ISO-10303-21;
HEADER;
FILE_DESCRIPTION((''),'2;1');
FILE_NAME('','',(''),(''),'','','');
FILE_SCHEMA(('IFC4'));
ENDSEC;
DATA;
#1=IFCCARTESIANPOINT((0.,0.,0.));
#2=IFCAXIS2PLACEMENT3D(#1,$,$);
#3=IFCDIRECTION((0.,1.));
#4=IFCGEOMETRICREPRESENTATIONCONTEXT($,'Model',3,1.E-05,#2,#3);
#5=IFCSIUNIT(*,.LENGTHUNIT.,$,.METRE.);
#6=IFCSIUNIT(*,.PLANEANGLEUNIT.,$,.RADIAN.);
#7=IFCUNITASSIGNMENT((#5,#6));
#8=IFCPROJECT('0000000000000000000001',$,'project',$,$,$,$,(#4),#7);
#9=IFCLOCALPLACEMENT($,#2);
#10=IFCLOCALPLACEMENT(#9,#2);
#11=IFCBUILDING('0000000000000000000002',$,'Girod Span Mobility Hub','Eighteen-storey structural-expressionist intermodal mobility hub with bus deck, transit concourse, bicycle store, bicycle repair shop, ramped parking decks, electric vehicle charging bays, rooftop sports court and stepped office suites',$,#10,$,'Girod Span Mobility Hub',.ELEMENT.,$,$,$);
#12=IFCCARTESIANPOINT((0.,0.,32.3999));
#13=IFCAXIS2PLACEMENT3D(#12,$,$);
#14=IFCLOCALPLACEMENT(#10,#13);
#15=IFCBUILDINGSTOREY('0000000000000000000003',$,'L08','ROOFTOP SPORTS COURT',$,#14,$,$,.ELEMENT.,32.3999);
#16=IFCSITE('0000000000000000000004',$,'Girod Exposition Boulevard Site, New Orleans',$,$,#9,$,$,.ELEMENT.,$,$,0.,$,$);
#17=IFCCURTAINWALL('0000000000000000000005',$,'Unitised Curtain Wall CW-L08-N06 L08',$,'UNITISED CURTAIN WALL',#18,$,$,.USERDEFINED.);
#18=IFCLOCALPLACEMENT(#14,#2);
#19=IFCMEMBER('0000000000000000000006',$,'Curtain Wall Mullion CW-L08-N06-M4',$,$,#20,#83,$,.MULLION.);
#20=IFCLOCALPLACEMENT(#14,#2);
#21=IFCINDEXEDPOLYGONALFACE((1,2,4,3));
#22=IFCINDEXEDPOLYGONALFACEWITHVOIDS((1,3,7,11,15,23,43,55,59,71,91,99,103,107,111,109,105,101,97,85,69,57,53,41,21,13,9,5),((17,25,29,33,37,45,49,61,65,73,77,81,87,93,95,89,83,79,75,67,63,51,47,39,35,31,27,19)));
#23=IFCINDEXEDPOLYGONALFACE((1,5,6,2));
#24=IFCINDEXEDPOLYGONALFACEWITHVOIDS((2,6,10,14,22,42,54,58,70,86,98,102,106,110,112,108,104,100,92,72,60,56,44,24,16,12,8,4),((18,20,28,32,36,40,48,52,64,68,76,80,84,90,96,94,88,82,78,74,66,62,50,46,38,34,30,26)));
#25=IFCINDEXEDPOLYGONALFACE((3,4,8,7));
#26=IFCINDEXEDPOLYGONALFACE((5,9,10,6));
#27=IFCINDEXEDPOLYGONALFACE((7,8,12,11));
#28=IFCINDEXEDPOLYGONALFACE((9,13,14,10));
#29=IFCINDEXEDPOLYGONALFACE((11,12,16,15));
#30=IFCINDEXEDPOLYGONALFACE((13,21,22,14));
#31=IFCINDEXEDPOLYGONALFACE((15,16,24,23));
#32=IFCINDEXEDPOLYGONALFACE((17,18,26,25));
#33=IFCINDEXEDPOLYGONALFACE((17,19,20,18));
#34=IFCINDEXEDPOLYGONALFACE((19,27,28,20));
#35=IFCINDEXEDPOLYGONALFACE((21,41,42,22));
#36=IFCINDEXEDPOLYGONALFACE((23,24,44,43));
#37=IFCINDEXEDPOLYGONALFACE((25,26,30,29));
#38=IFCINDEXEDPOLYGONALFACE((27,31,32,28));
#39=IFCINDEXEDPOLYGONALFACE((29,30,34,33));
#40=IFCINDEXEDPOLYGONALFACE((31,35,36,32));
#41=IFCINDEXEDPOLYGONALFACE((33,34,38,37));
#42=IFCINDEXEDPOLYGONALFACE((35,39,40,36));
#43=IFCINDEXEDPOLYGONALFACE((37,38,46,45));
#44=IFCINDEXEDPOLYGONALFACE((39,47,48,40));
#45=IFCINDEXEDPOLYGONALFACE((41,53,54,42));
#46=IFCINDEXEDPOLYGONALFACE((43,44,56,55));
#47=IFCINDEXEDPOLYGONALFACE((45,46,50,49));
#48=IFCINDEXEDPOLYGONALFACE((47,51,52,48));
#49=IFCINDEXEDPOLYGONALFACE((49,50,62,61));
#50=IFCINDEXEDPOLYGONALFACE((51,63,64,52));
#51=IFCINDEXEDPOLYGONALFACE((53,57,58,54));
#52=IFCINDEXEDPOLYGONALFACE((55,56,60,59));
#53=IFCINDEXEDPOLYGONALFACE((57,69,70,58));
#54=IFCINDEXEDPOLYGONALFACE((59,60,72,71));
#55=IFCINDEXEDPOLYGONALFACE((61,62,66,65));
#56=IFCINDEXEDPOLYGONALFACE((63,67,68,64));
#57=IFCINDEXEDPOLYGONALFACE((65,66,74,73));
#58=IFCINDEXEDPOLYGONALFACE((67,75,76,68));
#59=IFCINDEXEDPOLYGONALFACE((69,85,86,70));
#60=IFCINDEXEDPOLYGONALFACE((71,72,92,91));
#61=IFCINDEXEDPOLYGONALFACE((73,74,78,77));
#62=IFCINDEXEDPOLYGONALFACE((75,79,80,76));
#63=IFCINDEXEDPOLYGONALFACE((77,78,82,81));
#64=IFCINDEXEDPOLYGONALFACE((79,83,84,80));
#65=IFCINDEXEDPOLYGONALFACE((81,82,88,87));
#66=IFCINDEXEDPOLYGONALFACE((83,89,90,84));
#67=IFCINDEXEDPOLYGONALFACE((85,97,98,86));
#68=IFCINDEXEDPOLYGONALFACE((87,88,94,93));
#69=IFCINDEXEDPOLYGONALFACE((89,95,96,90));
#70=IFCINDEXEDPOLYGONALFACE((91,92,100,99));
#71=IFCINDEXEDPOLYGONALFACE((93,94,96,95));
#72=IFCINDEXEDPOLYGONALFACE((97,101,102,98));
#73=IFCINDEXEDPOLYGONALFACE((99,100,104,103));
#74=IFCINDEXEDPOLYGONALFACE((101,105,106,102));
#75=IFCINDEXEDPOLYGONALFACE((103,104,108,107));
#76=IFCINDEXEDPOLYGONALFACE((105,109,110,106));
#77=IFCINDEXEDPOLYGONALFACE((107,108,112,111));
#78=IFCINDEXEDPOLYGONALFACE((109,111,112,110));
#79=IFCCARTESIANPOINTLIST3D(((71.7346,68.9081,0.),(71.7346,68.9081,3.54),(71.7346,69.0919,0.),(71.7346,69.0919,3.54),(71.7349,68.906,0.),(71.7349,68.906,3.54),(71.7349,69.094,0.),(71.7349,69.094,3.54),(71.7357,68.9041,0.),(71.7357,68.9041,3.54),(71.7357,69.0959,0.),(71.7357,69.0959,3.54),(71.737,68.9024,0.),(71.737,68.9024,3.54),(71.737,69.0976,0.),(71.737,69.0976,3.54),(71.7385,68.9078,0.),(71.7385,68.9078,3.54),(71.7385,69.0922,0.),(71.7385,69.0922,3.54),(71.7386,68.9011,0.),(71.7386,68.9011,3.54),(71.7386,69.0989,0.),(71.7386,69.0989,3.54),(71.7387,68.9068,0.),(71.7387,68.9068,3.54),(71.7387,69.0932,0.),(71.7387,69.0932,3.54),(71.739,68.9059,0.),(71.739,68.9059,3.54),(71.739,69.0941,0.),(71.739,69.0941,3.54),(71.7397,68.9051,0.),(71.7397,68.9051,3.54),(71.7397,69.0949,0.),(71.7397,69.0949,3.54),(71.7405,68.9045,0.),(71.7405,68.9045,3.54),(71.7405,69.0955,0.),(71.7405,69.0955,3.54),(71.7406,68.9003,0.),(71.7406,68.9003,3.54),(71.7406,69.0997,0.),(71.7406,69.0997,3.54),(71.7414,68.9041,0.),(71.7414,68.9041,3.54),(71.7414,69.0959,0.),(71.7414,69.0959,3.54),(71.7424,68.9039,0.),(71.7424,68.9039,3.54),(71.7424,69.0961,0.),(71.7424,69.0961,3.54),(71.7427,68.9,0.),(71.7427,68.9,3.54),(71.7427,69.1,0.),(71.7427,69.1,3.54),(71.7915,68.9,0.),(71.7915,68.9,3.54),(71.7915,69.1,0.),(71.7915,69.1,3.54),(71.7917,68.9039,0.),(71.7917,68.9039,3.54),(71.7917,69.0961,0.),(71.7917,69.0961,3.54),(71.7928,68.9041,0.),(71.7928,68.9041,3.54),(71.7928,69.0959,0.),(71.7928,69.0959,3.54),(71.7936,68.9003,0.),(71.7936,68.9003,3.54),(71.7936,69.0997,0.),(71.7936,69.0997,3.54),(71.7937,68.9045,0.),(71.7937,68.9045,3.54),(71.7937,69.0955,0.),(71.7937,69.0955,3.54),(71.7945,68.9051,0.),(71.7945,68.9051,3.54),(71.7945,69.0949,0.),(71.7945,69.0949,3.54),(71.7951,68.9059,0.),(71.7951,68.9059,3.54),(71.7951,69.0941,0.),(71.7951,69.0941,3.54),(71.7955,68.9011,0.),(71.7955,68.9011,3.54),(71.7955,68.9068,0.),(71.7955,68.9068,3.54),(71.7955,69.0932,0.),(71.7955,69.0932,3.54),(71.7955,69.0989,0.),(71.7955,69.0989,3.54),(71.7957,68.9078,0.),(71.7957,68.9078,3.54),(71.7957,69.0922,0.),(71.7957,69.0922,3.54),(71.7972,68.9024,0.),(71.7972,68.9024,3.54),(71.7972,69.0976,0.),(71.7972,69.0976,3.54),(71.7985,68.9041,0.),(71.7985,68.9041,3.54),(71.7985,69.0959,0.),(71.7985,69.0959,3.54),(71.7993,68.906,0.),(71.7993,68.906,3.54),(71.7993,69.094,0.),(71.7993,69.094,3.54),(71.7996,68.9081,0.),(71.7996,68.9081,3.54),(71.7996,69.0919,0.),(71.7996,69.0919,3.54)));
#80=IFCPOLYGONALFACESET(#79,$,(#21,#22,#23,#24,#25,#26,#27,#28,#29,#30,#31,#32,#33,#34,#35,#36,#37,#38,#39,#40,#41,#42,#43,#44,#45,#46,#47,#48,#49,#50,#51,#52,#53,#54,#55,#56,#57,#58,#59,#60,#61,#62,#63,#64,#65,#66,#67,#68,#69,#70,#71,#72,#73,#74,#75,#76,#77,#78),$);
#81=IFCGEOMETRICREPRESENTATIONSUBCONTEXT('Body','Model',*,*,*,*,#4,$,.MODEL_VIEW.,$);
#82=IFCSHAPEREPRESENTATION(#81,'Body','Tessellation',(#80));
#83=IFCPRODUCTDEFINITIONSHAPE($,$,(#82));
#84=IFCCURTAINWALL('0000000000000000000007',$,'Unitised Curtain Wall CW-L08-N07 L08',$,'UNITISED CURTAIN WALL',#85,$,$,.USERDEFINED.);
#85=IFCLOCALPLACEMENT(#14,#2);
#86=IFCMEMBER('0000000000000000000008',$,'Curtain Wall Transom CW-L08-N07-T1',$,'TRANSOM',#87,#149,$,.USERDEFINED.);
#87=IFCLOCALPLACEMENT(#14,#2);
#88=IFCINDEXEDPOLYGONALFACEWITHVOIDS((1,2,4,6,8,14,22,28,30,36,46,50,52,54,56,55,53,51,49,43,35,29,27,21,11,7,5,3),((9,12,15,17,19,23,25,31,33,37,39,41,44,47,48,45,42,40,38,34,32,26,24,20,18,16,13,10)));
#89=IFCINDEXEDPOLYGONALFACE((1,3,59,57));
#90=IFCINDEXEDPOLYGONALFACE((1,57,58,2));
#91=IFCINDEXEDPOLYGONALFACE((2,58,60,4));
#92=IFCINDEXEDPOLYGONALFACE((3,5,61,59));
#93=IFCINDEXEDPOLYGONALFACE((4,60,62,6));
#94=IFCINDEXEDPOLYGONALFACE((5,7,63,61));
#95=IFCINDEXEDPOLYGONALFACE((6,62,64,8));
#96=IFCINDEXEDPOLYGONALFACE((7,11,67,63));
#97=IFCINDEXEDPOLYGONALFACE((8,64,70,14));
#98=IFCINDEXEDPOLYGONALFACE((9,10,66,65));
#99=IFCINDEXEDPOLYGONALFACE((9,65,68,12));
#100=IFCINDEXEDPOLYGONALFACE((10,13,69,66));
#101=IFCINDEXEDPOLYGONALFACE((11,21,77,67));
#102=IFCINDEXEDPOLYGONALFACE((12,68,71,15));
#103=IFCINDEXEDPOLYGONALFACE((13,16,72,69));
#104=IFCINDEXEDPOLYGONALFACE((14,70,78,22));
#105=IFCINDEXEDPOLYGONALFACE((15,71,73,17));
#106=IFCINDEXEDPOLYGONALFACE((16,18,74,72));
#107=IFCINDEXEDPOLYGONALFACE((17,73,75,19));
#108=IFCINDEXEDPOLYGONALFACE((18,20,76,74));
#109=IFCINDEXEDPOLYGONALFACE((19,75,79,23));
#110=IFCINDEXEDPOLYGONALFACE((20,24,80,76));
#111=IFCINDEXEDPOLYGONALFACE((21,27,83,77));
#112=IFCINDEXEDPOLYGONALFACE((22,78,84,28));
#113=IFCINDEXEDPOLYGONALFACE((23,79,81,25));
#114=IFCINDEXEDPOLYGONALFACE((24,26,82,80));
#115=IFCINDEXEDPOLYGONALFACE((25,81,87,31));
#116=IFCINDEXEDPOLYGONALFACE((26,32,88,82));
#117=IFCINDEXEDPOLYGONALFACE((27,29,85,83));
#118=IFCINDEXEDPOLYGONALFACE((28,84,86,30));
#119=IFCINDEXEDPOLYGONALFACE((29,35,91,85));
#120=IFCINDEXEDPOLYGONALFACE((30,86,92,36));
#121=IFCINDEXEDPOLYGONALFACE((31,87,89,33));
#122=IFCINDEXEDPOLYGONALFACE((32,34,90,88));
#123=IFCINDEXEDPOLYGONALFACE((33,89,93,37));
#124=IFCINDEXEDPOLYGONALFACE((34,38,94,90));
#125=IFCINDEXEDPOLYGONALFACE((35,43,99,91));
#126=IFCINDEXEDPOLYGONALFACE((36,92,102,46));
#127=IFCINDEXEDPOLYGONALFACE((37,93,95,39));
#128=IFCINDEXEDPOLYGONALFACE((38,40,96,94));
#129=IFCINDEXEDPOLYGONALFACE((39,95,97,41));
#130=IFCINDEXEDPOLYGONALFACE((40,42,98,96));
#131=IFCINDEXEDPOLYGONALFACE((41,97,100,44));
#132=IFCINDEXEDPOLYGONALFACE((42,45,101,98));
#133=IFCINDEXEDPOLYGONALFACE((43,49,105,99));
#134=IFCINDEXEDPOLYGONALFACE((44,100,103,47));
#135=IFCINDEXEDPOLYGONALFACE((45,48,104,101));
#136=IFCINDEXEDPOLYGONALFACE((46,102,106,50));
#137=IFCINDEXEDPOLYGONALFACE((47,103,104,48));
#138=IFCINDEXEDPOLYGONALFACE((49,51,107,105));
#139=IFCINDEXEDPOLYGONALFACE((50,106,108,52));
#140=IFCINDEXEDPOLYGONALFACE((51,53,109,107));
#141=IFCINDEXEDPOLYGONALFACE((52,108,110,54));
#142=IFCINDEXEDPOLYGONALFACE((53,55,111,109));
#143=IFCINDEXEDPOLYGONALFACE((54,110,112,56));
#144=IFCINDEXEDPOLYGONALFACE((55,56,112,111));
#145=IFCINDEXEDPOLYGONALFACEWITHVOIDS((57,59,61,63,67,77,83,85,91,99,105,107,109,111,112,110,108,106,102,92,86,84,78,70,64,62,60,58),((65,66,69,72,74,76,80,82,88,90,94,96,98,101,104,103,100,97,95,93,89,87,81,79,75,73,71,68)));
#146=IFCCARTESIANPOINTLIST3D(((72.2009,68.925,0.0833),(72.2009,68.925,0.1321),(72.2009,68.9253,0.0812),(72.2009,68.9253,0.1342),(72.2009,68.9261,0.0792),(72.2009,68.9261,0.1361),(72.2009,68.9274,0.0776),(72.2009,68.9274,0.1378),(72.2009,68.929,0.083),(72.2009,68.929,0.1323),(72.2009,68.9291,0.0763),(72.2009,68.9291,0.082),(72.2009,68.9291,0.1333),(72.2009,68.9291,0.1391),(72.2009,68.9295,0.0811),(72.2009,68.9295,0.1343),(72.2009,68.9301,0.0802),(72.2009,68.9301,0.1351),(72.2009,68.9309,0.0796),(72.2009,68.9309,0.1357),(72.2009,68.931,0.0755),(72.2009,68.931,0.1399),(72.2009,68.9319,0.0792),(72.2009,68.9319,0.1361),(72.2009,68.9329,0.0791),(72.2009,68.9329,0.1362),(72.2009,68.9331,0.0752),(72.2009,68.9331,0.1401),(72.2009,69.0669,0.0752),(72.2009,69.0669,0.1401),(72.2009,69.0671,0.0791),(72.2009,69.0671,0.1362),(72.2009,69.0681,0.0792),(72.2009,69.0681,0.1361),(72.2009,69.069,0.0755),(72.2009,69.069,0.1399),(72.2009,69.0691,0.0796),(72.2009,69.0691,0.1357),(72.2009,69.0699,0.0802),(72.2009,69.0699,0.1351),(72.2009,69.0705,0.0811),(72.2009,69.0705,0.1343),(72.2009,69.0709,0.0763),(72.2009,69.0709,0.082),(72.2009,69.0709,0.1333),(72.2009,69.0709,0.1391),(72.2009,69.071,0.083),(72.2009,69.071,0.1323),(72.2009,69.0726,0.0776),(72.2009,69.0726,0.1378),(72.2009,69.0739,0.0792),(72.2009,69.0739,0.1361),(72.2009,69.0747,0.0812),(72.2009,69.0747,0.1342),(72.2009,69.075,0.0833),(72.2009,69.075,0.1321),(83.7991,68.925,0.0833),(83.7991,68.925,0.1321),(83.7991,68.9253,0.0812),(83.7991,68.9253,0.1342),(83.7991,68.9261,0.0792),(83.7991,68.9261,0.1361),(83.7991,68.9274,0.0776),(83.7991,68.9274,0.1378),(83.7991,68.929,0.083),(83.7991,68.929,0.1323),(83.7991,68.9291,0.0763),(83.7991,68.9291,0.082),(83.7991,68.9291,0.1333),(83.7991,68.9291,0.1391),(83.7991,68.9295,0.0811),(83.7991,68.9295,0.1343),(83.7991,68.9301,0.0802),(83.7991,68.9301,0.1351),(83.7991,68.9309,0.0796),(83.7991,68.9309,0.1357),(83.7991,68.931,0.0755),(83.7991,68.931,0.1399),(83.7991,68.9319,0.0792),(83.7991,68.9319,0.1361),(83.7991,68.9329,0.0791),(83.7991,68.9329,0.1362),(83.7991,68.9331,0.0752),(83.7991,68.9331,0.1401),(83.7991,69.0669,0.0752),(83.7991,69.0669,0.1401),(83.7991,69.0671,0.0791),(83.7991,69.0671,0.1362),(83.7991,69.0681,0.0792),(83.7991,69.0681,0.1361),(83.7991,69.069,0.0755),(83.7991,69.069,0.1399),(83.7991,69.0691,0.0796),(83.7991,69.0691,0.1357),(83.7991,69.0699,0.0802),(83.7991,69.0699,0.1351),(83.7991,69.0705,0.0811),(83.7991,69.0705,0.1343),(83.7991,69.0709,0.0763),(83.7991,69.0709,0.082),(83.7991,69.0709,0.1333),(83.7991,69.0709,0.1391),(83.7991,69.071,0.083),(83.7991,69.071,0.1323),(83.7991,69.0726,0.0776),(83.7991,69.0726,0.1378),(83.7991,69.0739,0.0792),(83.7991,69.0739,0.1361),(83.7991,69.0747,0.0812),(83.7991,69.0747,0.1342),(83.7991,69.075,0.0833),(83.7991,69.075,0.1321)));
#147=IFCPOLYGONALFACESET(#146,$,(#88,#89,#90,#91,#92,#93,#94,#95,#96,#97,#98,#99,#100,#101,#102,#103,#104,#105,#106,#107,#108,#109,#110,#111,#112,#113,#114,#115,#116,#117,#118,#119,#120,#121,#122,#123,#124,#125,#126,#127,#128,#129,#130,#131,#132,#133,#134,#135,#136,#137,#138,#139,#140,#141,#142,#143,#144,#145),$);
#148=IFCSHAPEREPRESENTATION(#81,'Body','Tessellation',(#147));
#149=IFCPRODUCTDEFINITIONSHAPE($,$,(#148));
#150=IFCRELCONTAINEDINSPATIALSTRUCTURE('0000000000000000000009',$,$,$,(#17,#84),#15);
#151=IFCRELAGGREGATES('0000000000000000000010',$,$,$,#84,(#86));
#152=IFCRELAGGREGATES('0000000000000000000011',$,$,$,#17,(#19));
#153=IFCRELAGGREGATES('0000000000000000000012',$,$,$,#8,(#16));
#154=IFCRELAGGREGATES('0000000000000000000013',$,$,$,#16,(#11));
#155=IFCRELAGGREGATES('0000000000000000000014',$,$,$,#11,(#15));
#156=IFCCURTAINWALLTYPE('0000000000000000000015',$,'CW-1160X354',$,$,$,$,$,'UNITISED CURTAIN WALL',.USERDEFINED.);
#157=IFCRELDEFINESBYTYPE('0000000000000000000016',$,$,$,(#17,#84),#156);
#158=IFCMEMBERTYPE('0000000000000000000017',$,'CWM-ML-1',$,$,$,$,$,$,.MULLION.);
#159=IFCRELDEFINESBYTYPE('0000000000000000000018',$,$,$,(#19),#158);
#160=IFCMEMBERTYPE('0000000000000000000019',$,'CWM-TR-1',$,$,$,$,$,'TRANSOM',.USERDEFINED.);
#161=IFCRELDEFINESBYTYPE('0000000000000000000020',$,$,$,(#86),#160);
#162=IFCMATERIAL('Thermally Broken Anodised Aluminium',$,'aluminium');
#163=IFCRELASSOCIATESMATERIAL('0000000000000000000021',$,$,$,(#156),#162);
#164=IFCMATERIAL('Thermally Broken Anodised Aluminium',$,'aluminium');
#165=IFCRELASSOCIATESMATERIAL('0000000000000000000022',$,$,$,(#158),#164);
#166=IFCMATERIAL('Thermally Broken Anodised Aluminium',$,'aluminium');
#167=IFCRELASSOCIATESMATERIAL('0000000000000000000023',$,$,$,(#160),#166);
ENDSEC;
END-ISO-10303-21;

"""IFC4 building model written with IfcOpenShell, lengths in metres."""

from ifc_helpers import new_model, si_unit, direction, frame, origin, origin_2d, place, context, subcontext, project, spatial, hollow_rectangle, extrude, material, material_profile, profile_set, type_object, element, aggregate, save


model = new_model("IFC4")

# Units and contexts
model_context = context("Model", 3, precision=1e-05, world=origin(), true_north=direction((0.0, 1.0)))
body_context = subcontext(model_context, "Body", "Model", "MODEL_VIEW")
ifc_project = project(units=[si_unit("LENGTHUNIT", "METRE"), si_unit("PLANEANGLEUNIT", "RADIAN")], contexts=[model_context])

# Site, building, storey
site_placement = place(None, origin())
site = spatial("IfcSite", under=ifc_project, at=site_placement, Name="Girod Exposition Boulevard Site, New Orleans", CompositionType="ELEMENT", RefElevation=0.0)
building_placement = place(site_placement, origin())
building = spatial("IfcBuilding", under=site, at=building_placement, Name="Girod Span Mobility Hub", Description="Eighteen-storey structural-expressionist intermodal mobility hub with bus deck, transit concourse, bicycle store, bicycle repair shop, ramped parking decks, electric vehicle charging bays, rooftop sports court and stepped office suites", LongName="Girod Span Mobility Hub", CompositionType="ELEMENT")
storey_placement = place(building_placement, frame((0.0, 0.0, 32.3999)))
storey = spatial("IfcBuildingStorey", under=building, at=storey_placement, Name="L08", Description="ROOFTOP SPORTS COURT", CompositionType="ELEMENT", Elevation=32.3999)

# Curtain walls, members
ifc_material_1 = material(Name="Thermally Broken Anodised Aluminium", Category="aluminium")
curtain_wall_type = type_object("IfcCurtainWallType", Name="CW-1160X354", ElementType="UNITISED CURTAIN WALL", PredefinedType="USERDEFINED", material=ifc_material_1)
curtain_wall_1_placement = place(storey_placement, origin())
curtain_wall_1 = element("IfcCurtainWall", 1, at=curtain_wall_1_placement, inside=storey, type_object=curtain_wall_type, Name="Unitised Curtain Wall CW-L08-N06 L08", ObjectType="UNITISED CURTAIN WALL", PredefinedType="USERDEFINED")
ifc_material_2 = material(Name="Thermally Broken Anodised Aluminium", Category="aluminium")
ifc_material_profile_1 = material_profile(ifc_material_2, hollow_rectangle(XDim=0.2, YDim=0.0649, WallThickness=0.0039, InnerFilletRadius=0.0039, OuterFilletRadius=0.0081, at=origin_2d()), Name="CW-ML-65X200")
ifc_profile_set_1 = profile_set([ifc_material_profile_1], Name="Thermally Broken Anodised Aluminium")
member_type_1 = type_object("IfcMemberType", Name="CWM-ML-1", PredefinedType="MULLION", material=ifc_profile_set_1)
member_1_placement = place(storey_placement, frame((71.7671, 69.0, 0.0), z_axis=(0.0, 0.0, 1.0), x_axis=(0.0, 1.0, 0.0)))
member_1 = element("IfcMember", 2, at=member_1_placement, type_object=member_type_1, Name="Curtain Wall Mullion CW-L08-N06-M4", PredefinedType="MULLION", context=body_context, shape_type="SweptSolid", body=[
    extrude(hollow_rectangle(XDim=0.2, YDim=0.0649, WallThickness=0.0039, InnerFilletRadius=0.0039, OuterFilletRadius=0.0081, at=origin_2d()), origin(), (0.0, 0.0, 1.0), 3.54),
])
curtain_wall_2_placement = place(storey_placement, origin())
curtain_wall_2 = element("IfcCurtainWall", 3, at=curtain_wall_2_placement, inside=storey, type_object=curtain_wall_type, Name="Unitised Curtain Wall CW-L08-N07 L08", ObjectType="UNITISED CURTAIN WALL", PredefinedType="USERDEFINED")
ifc_material_3 = material(Name="Thermally Broken Anodised Aluminium", Category="aluminium")
ifc_material_profile_2 = material_profile(ifc_material_3, hollow_rectangle(XDim=0.1499, YDim=0.0649, WallThickness=0.0039, InnerFilletRadius=0.0039, OuterFilletRadius=0.0081, at=origin_2d()), Name="CW-TR-65X150")
ifc_profile_set_2 = profile_set([ifc_material_profile_2], Name="Thermally Broken Anodised Aluminium")
member_type_2 = type_object("IfcMemberType", Name="CWM-TR-1", ElementType="TRANSOM", PredefinedType="USERDEFINED", material=ifc_profile_set_2)
member_2_placement = place(storey_placement, frame((72.2009, 69.0, 0.1077), z_axis=(1.0, 0.0, 0.0), x_axis=(0.0, 1.0, 0.0)))
member_2 = element("IfcMember", 4, at=member_2_placement, type_object=member_type_2, Name="Curtain Wall Transom CW-L08-N07-T1", ObjectType="TRANSOM", PredefinedType="USERDEFINED", context=body_context, shape_type="SweptSolid", body=[
    extrude(hollow_rectangle(XDim=0.1499, YDim=0.0649, WallThickness=0.0039, InnerFilletRadius=0.0039, OuterFilletRadius=0.0081, at=origin_2d()), origin(), (0.0, 0.0, 1.0), 11.5981),
])
aggregate(curtain_wall_2, [member_2])

aggregate(curtain_wall_1, [member_1])

save(model, "model.ifc")
